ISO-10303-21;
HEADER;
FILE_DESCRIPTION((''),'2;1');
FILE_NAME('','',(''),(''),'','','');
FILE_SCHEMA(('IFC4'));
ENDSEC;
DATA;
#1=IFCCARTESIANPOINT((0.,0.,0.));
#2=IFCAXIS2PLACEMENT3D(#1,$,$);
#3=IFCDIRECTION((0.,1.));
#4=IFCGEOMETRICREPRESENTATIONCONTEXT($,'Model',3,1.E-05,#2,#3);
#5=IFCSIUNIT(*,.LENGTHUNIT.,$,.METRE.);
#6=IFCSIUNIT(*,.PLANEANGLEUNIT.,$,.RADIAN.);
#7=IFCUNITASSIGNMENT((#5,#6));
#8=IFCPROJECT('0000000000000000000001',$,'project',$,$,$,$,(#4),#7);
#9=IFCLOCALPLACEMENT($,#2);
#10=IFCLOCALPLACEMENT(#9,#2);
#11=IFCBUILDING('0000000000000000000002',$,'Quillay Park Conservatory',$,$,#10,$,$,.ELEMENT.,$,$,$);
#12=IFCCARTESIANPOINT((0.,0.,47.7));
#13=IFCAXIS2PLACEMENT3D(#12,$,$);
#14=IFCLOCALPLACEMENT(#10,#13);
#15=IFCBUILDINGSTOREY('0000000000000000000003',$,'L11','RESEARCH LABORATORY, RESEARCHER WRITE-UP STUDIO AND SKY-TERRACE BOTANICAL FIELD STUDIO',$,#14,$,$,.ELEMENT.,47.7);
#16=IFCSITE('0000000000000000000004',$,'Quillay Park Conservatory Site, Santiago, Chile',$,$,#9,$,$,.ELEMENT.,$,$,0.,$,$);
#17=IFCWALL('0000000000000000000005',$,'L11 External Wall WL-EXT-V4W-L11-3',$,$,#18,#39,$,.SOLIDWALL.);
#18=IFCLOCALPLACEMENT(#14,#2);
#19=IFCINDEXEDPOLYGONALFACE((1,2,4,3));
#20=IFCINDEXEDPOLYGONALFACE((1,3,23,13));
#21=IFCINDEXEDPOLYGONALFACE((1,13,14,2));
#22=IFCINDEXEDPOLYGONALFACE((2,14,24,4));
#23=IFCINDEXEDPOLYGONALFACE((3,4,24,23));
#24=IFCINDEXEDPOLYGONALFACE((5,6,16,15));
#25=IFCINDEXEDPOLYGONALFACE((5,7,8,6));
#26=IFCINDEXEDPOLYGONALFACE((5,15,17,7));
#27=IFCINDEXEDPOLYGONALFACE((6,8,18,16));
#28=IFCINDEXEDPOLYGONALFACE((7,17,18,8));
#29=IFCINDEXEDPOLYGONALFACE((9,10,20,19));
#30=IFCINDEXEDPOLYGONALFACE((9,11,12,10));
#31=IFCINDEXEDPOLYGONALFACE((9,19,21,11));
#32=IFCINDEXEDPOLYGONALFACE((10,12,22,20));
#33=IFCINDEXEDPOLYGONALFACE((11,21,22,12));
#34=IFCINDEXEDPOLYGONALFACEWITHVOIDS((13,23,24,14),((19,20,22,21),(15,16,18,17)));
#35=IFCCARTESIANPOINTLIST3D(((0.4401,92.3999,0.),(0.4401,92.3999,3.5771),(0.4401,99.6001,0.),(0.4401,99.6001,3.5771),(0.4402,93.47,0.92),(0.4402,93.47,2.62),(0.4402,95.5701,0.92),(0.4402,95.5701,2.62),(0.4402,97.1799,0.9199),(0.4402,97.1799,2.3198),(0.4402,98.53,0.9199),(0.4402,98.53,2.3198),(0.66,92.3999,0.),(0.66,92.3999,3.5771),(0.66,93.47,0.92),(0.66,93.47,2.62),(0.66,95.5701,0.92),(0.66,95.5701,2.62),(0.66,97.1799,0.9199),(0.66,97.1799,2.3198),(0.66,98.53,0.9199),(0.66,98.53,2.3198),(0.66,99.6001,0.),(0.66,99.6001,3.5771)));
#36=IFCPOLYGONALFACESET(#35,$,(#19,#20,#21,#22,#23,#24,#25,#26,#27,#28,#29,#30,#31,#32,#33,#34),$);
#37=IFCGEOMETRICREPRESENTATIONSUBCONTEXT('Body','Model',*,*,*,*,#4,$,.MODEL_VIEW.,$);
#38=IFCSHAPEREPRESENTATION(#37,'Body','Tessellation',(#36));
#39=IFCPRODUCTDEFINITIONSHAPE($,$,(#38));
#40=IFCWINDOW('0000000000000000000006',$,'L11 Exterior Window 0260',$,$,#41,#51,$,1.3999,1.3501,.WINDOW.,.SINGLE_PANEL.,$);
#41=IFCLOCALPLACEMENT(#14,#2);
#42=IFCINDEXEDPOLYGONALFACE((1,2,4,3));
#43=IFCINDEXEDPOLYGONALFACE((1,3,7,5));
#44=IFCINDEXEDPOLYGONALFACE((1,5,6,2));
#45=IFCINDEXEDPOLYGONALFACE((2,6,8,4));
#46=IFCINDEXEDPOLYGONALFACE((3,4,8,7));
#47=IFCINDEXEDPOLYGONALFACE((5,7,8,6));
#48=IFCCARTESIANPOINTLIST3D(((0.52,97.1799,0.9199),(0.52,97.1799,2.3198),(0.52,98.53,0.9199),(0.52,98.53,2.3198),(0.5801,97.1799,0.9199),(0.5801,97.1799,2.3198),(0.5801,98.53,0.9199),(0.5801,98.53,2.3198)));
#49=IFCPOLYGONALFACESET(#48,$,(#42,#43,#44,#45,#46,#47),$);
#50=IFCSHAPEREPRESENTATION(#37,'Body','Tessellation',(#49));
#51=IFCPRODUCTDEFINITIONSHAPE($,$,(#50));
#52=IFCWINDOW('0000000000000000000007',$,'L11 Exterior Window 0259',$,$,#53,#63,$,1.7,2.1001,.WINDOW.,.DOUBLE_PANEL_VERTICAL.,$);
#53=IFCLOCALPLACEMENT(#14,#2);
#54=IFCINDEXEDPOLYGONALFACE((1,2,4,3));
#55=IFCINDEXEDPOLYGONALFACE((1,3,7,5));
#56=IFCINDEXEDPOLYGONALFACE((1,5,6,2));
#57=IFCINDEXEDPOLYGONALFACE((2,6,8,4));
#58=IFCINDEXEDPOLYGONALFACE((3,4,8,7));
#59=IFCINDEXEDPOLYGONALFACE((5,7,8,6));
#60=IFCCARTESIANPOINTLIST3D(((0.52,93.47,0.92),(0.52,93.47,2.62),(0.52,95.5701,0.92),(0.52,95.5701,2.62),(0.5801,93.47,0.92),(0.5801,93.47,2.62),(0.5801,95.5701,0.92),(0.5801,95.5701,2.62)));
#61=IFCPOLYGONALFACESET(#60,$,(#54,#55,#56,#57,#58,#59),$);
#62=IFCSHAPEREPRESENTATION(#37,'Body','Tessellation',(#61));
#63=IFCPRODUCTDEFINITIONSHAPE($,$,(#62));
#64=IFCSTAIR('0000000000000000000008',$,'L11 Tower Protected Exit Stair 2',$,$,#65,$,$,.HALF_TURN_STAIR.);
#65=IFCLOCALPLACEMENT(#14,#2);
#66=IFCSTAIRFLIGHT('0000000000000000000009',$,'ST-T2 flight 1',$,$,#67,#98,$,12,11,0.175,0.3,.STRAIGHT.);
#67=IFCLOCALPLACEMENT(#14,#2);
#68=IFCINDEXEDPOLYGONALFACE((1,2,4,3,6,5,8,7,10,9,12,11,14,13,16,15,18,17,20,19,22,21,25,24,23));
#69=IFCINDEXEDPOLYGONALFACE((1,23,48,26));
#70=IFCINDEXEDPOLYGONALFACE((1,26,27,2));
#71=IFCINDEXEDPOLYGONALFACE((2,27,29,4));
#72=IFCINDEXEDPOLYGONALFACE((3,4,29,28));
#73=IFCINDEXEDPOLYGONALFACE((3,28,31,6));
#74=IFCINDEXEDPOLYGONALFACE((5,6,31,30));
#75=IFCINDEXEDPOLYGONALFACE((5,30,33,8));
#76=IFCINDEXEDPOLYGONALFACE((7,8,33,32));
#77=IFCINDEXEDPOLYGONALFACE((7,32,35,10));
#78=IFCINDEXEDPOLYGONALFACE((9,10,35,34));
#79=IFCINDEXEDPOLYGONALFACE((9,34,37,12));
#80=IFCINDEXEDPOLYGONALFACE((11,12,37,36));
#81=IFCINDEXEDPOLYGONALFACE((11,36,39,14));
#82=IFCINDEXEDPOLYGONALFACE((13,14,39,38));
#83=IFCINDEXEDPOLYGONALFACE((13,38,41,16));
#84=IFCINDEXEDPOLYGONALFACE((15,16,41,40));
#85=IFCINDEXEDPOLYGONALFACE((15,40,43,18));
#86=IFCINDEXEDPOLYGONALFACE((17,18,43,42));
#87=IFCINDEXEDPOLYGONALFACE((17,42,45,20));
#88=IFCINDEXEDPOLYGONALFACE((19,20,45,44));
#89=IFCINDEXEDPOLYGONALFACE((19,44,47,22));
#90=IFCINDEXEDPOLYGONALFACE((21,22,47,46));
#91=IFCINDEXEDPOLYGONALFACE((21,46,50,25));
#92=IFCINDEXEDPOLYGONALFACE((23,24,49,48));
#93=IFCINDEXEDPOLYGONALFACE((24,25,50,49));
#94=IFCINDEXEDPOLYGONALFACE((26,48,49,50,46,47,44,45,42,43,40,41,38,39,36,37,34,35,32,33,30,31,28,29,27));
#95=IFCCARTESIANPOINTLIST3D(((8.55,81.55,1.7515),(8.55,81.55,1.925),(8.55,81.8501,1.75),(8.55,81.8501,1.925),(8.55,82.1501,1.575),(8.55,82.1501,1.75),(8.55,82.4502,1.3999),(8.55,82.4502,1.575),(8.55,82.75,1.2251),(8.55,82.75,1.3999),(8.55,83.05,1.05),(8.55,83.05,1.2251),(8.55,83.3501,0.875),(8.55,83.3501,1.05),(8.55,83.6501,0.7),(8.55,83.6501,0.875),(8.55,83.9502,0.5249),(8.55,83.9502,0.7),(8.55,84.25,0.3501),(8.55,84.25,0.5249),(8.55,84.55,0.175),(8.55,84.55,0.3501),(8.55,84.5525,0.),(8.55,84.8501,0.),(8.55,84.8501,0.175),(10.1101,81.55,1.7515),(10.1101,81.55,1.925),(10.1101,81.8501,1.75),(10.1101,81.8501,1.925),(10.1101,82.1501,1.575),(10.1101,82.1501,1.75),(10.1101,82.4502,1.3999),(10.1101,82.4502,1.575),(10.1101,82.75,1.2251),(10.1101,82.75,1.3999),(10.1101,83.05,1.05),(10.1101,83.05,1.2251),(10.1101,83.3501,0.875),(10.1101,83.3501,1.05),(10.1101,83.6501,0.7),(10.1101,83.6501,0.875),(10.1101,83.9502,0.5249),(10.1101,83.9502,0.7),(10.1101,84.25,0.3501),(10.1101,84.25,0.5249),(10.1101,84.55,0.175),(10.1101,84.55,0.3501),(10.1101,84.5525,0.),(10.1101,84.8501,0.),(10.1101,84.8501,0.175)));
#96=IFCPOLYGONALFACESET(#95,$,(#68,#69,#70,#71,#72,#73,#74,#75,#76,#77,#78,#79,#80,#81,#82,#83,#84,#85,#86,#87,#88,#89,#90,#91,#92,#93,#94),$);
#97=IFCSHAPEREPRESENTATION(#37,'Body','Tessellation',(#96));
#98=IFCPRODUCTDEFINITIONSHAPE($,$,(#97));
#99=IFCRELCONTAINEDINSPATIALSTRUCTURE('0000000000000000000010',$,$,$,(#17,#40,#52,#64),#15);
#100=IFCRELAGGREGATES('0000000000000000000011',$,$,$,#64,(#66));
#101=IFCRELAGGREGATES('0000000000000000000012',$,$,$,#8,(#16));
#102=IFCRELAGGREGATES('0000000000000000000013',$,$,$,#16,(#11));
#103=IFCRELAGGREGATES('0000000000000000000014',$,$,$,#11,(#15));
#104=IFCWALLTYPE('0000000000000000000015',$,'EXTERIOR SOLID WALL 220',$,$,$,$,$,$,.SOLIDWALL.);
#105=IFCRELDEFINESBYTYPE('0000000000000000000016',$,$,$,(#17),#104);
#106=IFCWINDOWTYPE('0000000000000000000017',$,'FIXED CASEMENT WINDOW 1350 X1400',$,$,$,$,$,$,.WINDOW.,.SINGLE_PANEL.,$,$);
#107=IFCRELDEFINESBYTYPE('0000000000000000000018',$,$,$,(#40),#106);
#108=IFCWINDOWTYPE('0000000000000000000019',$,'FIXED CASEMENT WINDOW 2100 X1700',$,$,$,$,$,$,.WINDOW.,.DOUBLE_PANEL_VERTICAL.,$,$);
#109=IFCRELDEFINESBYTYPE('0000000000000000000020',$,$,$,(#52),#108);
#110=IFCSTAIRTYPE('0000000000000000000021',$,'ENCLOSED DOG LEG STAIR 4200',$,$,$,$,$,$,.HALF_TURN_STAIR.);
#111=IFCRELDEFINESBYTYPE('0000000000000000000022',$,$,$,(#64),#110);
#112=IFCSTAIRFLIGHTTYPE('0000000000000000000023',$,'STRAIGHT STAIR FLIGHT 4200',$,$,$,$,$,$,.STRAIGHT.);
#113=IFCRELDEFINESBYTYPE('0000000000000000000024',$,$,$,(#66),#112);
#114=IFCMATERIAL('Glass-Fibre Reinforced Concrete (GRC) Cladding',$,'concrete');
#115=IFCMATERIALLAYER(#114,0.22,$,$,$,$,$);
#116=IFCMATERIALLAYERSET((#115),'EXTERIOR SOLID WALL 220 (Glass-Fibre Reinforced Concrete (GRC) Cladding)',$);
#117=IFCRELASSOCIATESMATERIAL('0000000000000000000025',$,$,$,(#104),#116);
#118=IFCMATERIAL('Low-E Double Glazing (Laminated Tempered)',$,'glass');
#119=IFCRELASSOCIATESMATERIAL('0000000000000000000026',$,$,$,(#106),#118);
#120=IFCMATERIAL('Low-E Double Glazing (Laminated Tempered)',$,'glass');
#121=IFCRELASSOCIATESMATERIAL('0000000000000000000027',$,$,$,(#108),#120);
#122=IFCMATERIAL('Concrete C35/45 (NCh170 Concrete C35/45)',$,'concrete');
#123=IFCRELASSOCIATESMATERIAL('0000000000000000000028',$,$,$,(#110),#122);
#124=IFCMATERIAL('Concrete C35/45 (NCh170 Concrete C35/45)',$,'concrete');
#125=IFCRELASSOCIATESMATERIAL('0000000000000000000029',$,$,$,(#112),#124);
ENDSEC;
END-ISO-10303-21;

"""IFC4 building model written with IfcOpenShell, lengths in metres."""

from ifc_helpers import new_model, si_unit, direction, frame, frame_2d, origin, place, context, subcontext, project, spatial, polyline, rectangle, outline, extrude, material, layer, layer_set, type_object, element, fill, aggregate, save


model = new_model("IFC4")

# Units and contexts
model_context = context("Model", 3, precision=1e-05, world=origin(), true_north=direction((0.0, 1.0)))
body_context = subcontext(model_context, "Body", "Model", "MODEL_VIEW")
ifc_project = project(units=[si_unit("LENGTHUNIT", "METRE"), si_unit("PLANEANGLEUNIT", "RADIAN")], contexts=[model_context])

# Site, building, storey
site_placement = place(None, origin())
site = spatial("IfcSite", under=ifc_project, at=site_placement, Name="Quillay Park Conservatory Site, Santiago, Chile", CompositionType="ELEMENT", RefElevation=0.0)
building_placement = place(site_placement, origin())
building = spatial("IfcBuilding", under=site, at=building_placement, Name="Quillay Park Conservatory", CompositionType="ELEMENT")
storey_placement = place(building_placement, frame((0.0, 0.0, 47.7)))
storey = spatial("IfcBuildingStorey", under=building, at=storey_placement, Name="L11", Description="RESEARCH LABORATORY, RESEARCHER WRITE-UP STUDIO AND SKY-TERRACE BOTANICAL FIELD STUDIO", CompositionType="ELEMENT", Elevation=47.7)

# Wall, openings, windows
ifc_material_1 = material(Name="Glass-Fibre Reinforced Concrete (GRC) Cladding", Category="concrete")
ifc_layer_1 = layer(ifc_material_1, 0.22)
ifc_layer_set_1 = layer_set([ifc_layer_1], Name="EXTERIOR SOLID WALL 220 (Glass-Fibre Reinforced Concrete (GRC) Cladding)")
wall_type_1 = type_object("IfcWallType", Name="EXTERIOR SOLID WALL 220", PredefinedType="SOLIDWALL", material=ifc_layer_set_1)
wall_1_placement = place(storey_placement, frame((0.55, 92.3999, 0.0), z_axis=(0.0, 0.0, 1.0), x_axis=(0.0, 1.0, 0.0)))
wall_1 = element("IfcWall", 1, at=wall_1_placement, inside=storey, type_object=wall_type_1, Name="L11 External Wall WL-EXT-V4W-L11-3", PredefinedType="SOLIDWALL", context=body_context, shape_type="SweptSolid", body=[
    extrude(rectangle(XDim=7.2002, YDim=0.22, at=frame_2d((3.6001, 0.0))), origin(), (0.0, 0.0, 1.0), 3.5771),
])
opening_1_placement = place(wall_1_placement, frame((1.0701, 0.0, 0.9199)))
opening_1 = element("IfcOpeningElement", 2, at=opening_1_placement, cuts=wall_1, PredefinedType="OPENING", context=body_context, shape_type="SweptSolid", body=[
    extrude(rectangle(XDim=2.1001, YDim=1.7, at=frame_2d((1.05, 0.8501))), frame((0.0, 0.1099, 0.0), z_axis=(0.0, -1.0, 0.0), x_axis=(1.0, 0.0, 0.0)), (0.0, 0.0, 1.0), 0.22),
])
opening_2_placement = place(wall_1_placement, frame((4.78, 0.0, 0.9199)))
opening_2 = element("IfcOpeningElement", 3, at=opening_2_placement, cuts=wall_1, PredefinedType="OPENING", context=body_context, shape_type="SweptSolid", body=[
    extrude(rectangle(XDim=1.3501, YDim=1.3999, at=frame_2d((0.675, 0.7))), frame((0.0, 0.1099, 0.0), z_axis=(0.0, -1.0, 0.0), x_axis=(1.0, 0.0, 0.0)), (0.0, 0.0, 1.0), 0.22),
])
ifc_material_2 = material(Name="Low-E Double Glazing (Laminated Tempered)", Category="glass")
window_type_1 = type_object("IfcWindowType", Name="FIXED CASEMENT WINDOW 1350 X1400", PartitioningType="SINGLE_PANEL", PredefinedType="WINDOW", material=ifc_material_2)
window_1_placement = place(opening_2_placement, origin())
window_1 = element("IfcWindow", 4, at=window_1_placement, inside=storey, type_object=window_type_1, Name="L11 Exterior Window 0260", OverallHeight=1.3999, OverallWidth=1.3501, PartitioningType="SINGLE_PANEL", PredefinedType="WINDOW", context=body_context, shape_type="SweptSolid", body=[
    extrude(rectangle(XDim=1.3501, YDim=1.3999, at=frame_2d((0.675, 0.7))), frame((0.0, 0.03, 0.0), z_axis=(0.0, -1.0, 0.0), x_axis=(1.0, 0.0, 0.0)), (0.0, 0.0, 1.0), 0.0601),
])
fill(opening_2, window_1)
ifc_material_3 = material(Name="Low-E Double Glazing (Laminated Tempered)", Category="glass")
window_type_2 = type_object("IfcWindowType", Name="FIXED CASEMENT WINDOW 2100 X1700", PartitioningType="DOUBLE_PANEL_VERTICAL", PredefinedType="WINDOW", material=ifc_material_3)
window_2_placement = place(opening_1_placement, origin())
window_2 = element("IfcWindow", 5, at=window_2_placement, inside=storey, type_object=window_type_2, Name="L11 Exterior Window 0259", OverallHeight=1.7, OverallWidth=2.1001, PartitioningType="DOUBLE_PANEL_VERTICAL", PredefinedType="WINDOW", context=body_context, shape_type="SweptSolid", body=[
    extrude(rectangle(XDim=2.1001, YDim=1.7, at=frame_2d((1.05, 0.8501))), frame((0.0, 0.03, 0.0), z_axis=(0.0, -1.0, 0.0), x_axis=(1.0, 0.0, 0.0)), (0.0, 0.0, 1.0), 0.0601),
])
fill(opening_1, window_2)

# Stair, stair flight
ifc_material_4 = material(Name="Concrete C35/45 (NCh170 Concrete C35/45)", Category="concrete")
stair_type = type_object("IfcStairType", Name="ENCLOSED DOG LEG STAIR 4200", PredefinedType="HALF_TURN_STAIR", material=ifc_material_4)
stair_placement = place(storey_placement, origin())
stair = element("IfcStair", 6, at=stair_placement, inside=storey, type_object=stair_type, Name="L11 Tower Protected Exit Stair 2", PredefinedType="HALF_TURN_STAIR")
ifc_material_5 = material(Name="Concrete C35/45 (NCh170 Concrete C35/45)", Category="concrete")
stair_flight_type = type_object("IfcStairFlightType", Name="STRAIGHT STAIR FLIGHT 4200", PredefinedType="STRAIGHT", material=ifc_material_5)
stair_flight_placement = place(storey_placement, frame((9.3301, 84.8501, 0.0), z_axis=(0.0, 0.0, 1.0), x_axis=(0.0, -1.0, 0.0)))
stair_flight = element("IfcStairFlight", 7, at=stair_flight_placement, type_object=stair_flight_type, Name="ST-T2 flight 1", NumberOfRisers=12, NumberOfTreads=11, PredefinedType="STRAIGHT", RiserHeight=0.175, TreadLength=0.3, context=body_context, shape_type="SweptSolid", body=[
    extrude(outline(polyline([(0.0, 0.0), (0.0, 0.175), (0.3, 0.175), (0.3, 0.3501), (0.6001, 0.3501), (0.6001, 0.5249), (0.8999, 0.5249), (0.8999, 0.7), (1.2, 0.7), (1.2, 0.875), (1.5, 0.875), (1.5, 1.05), (1.8, 1.05), (1.8, 1.2251), (2.1001, 1.2251), (2.1001, 1.3999), (2.3999, 1.3999), (2.3999, 1.575), (2.7, 1.575), (2.7, 1.75), (3.0, 1.75), (3.0, 1.925), (3.3, 1.925), (3.3, 2.1001), (3.3, 1.7515), (0.2976, 0.0), (0.0, 0.0)])), frame((0.0, 0.78, 0.0), z_axis=(0.0, -1.0, 0.0), x_axis=(1.0, 0.0, 0.0)), (0.0, 0.0, 1.0), 1.5601),
])
aggregate(stair, [stair_flight])

save(model, "model.ifc")
